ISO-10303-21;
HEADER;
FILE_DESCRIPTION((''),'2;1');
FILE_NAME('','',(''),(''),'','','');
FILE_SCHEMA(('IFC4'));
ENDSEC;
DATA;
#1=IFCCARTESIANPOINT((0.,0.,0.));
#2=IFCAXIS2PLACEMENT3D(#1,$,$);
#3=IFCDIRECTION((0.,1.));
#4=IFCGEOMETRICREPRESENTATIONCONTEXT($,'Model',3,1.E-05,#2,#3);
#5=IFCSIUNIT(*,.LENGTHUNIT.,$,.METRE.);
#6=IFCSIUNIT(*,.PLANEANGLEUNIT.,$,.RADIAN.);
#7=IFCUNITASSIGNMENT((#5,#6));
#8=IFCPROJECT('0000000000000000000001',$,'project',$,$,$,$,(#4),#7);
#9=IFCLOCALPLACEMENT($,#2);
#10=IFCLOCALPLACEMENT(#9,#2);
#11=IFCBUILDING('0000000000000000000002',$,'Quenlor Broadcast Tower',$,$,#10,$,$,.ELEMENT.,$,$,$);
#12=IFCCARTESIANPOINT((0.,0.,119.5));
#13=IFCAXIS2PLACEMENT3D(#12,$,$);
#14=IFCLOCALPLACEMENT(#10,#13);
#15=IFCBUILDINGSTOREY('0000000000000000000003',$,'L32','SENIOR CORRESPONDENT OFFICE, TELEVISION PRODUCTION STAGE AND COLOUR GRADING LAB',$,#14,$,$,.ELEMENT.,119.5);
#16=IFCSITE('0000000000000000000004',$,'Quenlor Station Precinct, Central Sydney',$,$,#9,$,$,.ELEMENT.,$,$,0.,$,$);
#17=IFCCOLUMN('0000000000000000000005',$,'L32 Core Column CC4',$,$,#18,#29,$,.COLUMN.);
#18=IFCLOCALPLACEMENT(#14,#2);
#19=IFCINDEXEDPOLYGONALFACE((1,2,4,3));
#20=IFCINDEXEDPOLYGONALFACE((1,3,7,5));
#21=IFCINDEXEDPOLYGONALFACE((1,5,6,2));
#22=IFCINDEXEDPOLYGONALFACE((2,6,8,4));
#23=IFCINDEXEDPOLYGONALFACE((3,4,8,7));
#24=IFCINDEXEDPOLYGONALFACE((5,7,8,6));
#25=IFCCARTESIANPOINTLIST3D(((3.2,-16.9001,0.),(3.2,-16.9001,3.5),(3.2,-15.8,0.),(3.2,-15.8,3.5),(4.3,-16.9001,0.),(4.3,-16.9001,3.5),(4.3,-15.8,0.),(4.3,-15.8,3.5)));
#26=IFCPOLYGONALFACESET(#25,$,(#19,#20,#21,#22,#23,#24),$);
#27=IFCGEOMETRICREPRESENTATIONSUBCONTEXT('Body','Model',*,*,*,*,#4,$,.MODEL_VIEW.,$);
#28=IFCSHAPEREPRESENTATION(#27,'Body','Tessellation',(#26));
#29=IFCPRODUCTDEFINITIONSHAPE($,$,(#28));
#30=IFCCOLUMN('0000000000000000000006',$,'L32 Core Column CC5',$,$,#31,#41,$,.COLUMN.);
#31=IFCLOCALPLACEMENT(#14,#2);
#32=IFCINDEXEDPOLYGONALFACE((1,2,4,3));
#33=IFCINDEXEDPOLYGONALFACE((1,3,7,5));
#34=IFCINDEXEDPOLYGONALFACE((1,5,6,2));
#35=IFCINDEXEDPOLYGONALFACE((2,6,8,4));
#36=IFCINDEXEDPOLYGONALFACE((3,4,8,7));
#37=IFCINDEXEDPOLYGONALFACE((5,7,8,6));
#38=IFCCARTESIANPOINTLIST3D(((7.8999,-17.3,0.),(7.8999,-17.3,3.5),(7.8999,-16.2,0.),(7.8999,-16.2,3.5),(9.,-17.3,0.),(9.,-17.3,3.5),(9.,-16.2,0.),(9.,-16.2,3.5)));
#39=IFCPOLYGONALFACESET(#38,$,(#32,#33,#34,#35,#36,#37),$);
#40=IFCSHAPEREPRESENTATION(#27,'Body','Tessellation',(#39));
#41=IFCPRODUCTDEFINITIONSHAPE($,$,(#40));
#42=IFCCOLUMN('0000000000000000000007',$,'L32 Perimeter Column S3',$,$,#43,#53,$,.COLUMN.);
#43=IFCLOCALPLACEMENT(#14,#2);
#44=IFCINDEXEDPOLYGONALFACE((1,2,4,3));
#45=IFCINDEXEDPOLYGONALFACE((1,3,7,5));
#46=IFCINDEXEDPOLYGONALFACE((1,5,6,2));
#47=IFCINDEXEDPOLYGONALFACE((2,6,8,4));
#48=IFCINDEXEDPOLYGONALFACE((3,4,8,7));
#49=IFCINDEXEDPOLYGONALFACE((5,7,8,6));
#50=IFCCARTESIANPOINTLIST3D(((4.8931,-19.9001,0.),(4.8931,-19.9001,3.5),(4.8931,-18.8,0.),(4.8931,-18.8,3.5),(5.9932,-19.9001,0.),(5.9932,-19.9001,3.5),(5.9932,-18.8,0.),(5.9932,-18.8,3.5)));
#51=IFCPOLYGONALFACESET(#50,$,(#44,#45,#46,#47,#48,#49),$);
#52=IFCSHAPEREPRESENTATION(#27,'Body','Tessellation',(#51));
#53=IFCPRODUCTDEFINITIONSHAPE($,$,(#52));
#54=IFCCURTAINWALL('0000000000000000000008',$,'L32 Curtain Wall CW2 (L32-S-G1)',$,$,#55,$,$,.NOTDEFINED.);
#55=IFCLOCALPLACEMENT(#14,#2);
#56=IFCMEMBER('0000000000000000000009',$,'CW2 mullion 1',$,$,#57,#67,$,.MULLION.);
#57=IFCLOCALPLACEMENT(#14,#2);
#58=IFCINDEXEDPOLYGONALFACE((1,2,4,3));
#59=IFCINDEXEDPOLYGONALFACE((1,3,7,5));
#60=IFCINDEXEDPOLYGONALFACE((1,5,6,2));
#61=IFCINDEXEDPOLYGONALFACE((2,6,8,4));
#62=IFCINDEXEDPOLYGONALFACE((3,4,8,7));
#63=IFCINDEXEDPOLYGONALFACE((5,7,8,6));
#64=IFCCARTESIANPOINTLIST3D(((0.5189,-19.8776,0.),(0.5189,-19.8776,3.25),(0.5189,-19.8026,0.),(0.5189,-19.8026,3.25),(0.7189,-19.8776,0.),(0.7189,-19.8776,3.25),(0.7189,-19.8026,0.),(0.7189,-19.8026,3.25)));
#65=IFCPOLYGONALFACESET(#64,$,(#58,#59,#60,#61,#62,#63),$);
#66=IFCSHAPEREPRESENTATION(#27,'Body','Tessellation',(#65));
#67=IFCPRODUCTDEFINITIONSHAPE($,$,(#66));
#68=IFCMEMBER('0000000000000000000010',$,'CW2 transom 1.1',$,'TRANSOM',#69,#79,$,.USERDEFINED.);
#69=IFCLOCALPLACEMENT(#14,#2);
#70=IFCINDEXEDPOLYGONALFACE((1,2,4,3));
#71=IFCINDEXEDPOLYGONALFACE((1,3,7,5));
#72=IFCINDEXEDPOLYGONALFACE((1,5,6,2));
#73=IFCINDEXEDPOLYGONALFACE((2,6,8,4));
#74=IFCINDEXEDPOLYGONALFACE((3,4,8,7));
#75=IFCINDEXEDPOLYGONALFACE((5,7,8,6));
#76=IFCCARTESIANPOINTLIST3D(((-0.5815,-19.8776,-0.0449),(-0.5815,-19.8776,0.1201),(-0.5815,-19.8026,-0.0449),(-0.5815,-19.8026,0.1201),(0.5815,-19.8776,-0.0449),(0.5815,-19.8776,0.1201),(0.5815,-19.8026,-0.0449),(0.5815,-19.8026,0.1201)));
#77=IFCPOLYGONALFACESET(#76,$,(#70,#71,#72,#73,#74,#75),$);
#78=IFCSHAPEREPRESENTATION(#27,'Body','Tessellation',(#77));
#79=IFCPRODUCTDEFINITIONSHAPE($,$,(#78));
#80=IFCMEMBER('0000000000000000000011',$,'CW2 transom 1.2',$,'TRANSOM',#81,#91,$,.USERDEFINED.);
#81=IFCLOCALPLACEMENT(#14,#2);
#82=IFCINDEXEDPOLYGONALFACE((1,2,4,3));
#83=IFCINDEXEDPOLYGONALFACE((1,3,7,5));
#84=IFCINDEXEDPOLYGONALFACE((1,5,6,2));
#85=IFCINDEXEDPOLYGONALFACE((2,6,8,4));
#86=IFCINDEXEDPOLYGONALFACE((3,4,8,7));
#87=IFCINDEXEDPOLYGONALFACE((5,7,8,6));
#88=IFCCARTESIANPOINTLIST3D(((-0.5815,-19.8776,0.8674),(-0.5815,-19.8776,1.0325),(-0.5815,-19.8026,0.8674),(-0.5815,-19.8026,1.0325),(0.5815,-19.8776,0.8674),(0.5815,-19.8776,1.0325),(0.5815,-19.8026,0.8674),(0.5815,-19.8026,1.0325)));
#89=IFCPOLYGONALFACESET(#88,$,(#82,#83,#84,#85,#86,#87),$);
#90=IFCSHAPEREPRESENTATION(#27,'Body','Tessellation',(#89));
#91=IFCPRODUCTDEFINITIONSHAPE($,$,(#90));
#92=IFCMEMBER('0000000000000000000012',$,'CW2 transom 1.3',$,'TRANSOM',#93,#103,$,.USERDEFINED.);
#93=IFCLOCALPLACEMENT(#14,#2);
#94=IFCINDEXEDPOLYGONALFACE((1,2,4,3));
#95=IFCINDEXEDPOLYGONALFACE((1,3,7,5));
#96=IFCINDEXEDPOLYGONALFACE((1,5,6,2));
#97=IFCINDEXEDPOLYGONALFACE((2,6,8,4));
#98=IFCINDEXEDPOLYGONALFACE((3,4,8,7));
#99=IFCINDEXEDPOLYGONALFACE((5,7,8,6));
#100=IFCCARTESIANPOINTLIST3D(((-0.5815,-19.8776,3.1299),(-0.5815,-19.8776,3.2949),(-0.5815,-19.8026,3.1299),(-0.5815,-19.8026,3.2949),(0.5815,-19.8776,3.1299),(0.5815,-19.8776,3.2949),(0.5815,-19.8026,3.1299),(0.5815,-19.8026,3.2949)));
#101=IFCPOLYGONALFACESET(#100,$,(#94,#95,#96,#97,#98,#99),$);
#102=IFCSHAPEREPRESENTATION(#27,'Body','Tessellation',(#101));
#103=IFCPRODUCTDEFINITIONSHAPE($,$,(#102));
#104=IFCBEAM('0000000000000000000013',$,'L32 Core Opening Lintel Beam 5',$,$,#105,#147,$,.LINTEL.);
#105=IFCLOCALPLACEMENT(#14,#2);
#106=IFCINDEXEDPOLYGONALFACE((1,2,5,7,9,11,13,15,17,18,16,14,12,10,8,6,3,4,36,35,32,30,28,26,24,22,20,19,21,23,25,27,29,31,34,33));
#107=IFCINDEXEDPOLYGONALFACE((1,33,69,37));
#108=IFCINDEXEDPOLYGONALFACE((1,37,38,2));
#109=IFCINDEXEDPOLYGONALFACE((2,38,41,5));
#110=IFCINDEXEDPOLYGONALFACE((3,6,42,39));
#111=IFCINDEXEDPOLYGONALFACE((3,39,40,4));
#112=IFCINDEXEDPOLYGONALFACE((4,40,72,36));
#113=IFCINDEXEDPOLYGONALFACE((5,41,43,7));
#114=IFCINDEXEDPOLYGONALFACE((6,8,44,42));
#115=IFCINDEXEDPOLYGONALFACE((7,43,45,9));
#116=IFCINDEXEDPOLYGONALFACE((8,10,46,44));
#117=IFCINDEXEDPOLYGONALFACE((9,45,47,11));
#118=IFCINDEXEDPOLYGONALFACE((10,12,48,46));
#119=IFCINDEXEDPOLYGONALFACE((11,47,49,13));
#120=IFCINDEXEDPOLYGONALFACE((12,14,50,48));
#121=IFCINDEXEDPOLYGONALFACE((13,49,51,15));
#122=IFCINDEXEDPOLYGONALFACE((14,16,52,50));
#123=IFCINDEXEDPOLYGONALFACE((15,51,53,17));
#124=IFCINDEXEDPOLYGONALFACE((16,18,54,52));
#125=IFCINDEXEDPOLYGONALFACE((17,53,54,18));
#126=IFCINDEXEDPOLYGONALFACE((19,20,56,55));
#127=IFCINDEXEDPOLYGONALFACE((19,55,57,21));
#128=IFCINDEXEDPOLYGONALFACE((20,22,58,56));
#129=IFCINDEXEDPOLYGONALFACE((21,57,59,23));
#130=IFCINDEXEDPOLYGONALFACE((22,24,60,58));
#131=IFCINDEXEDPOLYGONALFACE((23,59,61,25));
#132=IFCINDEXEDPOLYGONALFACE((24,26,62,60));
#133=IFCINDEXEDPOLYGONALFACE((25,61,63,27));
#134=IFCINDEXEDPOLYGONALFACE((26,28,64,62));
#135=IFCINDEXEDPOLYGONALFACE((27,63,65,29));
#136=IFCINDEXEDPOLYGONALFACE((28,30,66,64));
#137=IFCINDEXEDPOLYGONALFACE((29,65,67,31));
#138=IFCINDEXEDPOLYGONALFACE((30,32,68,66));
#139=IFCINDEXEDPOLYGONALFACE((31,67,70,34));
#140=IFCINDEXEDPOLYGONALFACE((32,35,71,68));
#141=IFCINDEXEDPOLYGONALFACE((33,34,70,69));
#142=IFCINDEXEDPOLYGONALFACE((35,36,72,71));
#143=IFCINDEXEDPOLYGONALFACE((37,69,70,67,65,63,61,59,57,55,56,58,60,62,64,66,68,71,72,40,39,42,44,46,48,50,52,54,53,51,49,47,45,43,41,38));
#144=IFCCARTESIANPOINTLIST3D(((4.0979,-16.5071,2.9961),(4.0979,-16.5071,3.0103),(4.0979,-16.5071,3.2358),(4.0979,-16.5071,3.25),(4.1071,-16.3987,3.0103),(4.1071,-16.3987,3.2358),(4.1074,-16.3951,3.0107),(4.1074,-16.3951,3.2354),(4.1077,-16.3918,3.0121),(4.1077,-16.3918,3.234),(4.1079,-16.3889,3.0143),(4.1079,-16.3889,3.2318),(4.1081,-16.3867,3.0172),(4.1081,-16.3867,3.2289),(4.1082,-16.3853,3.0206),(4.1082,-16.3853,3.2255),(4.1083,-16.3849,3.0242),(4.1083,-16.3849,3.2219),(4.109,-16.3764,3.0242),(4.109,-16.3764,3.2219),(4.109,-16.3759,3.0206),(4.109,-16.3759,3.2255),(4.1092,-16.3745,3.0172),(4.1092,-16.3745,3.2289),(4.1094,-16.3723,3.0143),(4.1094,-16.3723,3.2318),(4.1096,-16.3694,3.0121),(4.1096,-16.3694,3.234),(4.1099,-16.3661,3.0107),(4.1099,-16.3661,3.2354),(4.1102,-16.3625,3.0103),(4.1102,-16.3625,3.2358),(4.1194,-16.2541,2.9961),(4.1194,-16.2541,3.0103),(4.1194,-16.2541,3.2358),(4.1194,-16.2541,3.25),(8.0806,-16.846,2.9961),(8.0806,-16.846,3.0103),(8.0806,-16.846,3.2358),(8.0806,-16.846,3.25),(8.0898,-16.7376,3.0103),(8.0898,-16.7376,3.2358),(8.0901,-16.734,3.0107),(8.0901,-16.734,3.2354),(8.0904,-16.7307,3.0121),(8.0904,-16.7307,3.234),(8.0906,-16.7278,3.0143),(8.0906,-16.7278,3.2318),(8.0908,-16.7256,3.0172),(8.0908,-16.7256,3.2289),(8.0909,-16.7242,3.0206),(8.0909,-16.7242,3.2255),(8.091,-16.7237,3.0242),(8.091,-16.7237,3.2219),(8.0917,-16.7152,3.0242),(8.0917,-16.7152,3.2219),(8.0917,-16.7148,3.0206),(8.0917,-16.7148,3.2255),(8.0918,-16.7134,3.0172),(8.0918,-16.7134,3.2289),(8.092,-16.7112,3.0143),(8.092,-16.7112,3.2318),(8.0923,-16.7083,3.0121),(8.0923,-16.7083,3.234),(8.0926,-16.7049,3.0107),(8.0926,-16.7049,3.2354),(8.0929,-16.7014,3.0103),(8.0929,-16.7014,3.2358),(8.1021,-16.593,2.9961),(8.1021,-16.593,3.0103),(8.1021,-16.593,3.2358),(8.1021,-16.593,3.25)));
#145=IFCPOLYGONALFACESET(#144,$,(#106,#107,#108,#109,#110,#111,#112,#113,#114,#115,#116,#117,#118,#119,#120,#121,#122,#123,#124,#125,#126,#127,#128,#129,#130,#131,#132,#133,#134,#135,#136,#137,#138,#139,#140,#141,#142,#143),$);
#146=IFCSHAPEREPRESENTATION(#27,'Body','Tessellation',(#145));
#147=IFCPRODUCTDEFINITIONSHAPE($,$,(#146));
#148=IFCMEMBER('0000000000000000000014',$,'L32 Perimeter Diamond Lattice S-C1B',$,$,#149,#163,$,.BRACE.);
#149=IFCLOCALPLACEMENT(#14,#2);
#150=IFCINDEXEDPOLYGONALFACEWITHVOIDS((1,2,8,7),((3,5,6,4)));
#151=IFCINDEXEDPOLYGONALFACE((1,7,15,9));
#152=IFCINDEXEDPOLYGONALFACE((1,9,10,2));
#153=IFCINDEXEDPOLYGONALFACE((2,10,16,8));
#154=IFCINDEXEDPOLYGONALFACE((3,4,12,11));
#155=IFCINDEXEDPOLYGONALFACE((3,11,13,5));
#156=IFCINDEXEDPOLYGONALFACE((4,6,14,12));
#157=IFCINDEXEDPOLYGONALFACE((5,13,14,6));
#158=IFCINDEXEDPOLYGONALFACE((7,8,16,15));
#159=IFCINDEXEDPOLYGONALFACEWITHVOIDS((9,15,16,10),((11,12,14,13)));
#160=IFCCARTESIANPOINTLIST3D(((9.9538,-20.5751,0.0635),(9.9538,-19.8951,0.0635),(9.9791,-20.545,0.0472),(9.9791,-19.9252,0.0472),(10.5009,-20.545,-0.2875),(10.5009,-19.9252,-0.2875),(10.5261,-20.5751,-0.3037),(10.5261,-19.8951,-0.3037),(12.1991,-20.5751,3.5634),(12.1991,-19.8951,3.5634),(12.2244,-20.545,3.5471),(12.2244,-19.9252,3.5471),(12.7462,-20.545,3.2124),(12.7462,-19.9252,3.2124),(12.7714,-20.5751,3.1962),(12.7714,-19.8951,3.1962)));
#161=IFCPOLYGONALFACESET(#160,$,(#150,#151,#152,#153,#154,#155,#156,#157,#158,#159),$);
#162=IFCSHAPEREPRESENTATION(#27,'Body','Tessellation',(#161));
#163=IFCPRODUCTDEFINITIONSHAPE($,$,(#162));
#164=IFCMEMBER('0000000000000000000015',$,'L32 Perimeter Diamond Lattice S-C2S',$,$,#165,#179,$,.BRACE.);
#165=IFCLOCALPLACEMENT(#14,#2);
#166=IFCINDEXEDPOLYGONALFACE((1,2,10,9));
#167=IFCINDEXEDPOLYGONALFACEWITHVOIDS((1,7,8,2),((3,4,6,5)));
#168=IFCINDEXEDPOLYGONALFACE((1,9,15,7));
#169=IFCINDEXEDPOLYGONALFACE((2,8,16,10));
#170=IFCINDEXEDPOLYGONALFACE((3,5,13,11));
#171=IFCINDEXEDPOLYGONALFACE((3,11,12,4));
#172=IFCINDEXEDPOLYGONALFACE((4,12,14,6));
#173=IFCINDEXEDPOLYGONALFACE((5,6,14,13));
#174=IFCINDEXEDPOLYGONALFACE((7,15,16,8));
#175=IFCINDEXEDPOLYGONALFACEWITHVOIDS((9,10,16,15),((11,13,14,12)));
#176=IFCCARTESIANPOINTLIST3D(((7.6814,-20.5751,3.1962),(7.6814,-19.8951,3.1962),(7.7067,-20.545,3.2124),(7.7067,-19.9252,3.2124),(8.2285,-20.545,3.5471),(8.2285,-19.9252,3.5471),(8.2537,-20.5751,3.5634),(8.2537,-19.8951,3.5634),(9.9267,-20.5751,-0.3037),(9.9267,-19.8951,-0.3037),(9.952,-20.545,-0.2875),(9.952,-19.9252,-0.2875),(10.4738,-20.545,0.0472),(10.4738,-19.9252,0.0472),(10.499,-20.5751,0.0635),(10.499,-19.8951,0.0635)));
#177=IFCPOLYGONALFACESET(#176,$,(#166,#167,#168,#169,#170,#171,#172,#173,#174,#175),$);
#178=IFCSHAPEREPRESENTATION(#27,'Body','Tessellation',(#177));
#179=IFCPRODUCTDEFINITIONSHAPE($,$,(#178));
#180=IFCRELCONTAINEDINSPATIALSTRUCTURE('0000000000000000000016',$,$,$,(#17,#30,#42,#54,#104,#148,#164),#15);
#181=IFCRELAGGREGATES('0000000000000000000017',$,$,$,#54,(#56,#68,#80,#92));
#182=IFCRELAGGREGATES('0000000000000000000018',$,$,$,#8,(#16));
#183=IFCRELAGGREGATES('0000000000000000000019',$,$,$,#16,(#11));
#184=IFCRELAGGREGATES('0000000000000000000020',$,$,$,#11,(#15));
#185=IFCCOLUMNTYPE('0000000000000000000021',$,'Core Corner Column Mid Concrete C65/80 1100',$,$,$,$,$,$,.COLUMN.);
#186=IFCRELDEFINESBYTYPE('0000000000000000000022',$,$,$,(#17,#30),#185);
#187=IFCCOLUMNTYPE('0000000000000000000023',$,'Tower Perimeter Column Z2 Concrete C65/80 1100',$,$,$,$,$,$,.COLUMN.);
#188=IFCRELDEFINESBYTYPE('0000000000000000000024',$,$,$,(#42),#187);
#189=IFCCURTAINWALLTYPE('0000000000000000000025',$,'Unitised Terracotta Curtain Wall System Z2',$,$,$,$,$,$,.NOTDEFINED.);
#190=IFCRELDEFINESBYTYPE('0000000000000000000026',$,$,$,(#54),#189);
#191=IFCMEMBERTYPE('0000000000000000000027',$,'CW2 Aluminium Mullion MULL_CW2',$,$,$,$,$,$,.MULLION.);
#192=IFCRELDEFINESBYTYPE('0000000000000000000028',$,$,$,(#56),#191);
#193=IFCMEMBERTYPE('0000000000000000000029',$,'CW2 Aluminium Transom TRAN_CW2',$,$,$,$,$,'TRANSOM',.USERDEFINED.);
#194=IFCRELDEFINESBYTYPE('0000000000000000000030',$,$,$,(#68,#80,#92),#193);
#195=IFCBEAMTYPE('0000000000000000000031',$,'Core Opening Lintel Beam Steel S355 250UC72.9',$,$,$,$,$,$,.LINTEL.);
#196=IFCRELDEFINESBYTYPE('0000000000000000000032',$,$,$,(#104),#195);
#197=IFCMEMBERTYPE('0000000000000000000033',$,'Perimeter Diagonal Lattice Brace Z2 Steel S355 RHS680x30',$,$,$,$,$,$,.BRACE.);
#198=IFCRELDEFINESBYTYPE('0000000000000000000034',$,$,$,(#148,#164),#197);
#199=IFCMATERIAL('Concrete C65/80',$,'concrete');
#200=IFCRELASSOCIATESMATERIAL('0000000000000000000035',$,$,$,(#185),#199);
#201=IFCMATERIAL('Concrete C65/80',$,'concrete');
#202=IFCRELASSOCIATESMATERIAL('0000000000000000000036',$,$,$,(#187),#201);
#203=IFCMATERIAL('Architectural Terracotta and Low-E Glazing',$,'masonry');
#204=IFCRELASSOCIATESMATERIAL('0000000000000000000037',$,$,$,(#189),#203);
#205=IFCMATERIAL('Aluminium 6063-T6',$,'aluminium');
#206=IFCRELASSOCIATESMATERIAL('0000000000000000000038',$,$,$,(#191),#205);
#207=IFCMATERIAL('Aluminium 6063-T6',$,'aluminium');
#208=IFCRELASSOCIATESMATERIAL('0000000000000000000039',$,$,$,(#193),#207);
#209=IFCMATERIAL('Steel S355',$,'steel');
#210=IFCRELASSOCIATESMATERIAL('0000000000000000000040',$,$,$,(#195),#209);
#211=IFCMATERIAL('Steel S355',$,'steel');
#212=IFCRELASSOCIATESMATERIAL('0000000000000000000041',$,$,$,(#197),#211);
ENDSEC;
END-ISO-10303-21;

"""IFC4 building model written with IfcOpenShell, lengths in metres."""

from ifc_helpers import new_model, si_unit, direction, frame, origin, origin_2d, place, context, subcontext, project, spatial, rectangle, hollow_rectangle, i_section, extrude, material, material_profile, profile_set, type_object, element, aggregate, save


model = new_model("IFC4")

# Units and contexts
model_context = context("Model", 3, precision=1e-05, world=origin(), true_north=direction((0.0, 1.0)))
body_context = subcontext(model_context, "Body", "Model", "MODEL_VIEW")
ifc_project = project(units=[si_unit("LENGTHUNIT", "METRE"), si_unit("PLANEANGLEUNIT", "RADIAN")], contexts=[model_context])

# Site, building, storey
site_placement = place(None, origin())
site = spatial("IfcSite", under=ifc_project, at=site_placement, Name="Quenlor Station Precinct, Central Sydney", CompositionType="ELEMENT", RefElevation=0.0)
building_placement = place(site_placement, origin())
building = spatial("IfcBuilding", under=site, at=building_placement, Name="Quenlor Broadcast Tower", CompositionType="ELEMENT")
storey_placement = place(building_placement, frame((0.0, 0.0, 119.5)))
storey = spatial("IfcBuildingStorey", under=building, at=storey_placement, Name="L32", Description="SENIOR CORRESPONDENT OFFICE, TELEVISION PRODUCTION STAGE AND COLOUR GRADING LAB", CompositionType="ELEMENT", Elevation=119.5)

# Columns
ifc_material_1 = material(Name="Concrete C65/80", Category="concrete")
ifc_material_profile_1 = material_profile(ifc_material_1, rectangle(XDim=1.1001, YDim=1.1001, at=origin_2d()))
ifc_profile_set_1 = profile_set([ifc_material_profile_1], Name="Concrete C65/80 RC1100x1100")
column_type_1 = type_object("IfcColumnType", Name="Core Corner Column Mid Concrete C65/80 1100", PredefinedType="COLUMN", material=ifc_profile_set_1)
for number, where, z_axis, x_axis, name in (
    (1, (3.75, -16.3501, 0.0), (0.0, 0.0, 1.0), (1.0, 0.0, 0.0), "L32 Core Column CC4"),
    (2, (8.45, -16.75, 0.0), (0.0, 0.0, 1.0), (1.0, 0.0, 0.0), "L32 Core Column CC5"),
):
    element("IfcColumn", number, at=place(storey_placement, frame(where, z_axis=z_axis, x_axis=x_axis)), inside=storey, type_object=column_type_1, Name=name, PredefinedType="COLUMN", context=body_context, shape_type="SweptSolid", body=[
        extrude(rectangle(XDim=1.1001, YDim=1.1001, at=origin_2d()), origin(), (0.0, 0.0, 1.0), 3.5),
    ])
ifc_material_2 = material(Name="Concrete C65/80", Category="concrete")
ifc_material_profile_2 = material_profile(ifc_material_2, rectangle(XDim=1.1001, YDim=1.1001, at=origin_2d()))
ifc_profile_set_2 = profile_set([ifc_material_profile_2], Name="Concrete C65/80 RC1100x1100")
column_type_2 = type_object("IfcColumnType", Name="Tower Perimeter Column Z2 Concrete C65/80 1100", PredefinedType="COLUMN", material=ifc_profile_set_2)
column_placement = place(storey_placement, frame((5.4431, -19.3501, 0.0), z_axis=(0.0, 0.0, 1.0), x_axis=(0.0, 1.0, 0.0)))
element("IfcColumn", 3, at=column_placement, inside=storey, type_object=column_type_2, Name="L32 Perimeter Column S3", PredefinedType="COLUMN", context=body_context, shape_type="SweptSolid", body=[
    extrude(rectangle(XDim=1.1001, YDim=1.1001, at=origin_2d()), origin(), (0.0, 0.0, 1.0), 3.5),
])

# Curtain wall, members
ifc_material_3 = material(Name="Architectural Terracotta and Low-E Glazing", Category="masonry")
curtain_wall_type = type_object("IfcCurtainWallType", Name="Unitised Terracotta Curtain Wall System Z2", PredefinedType="NOTDEFINED", material=ifc_material_3)
curtain_wall_placement = place(storey_placement, origin())
curtain_wall = element("IfcCurtainWall", 4, at=curtain_wall_placement, inside=storey, type_object=curtain_wall_type, Name="L32 Curtain Wall CW2 (L32-S-G1)", PredefinedType="NOTDEFINED")
ifc_material_4 = material(Name="Aluminium 6063-T6", Category="aluminium")
ifc_material_profile_3 = material_profile(ifc_material_4, rectangle(XDim=0.075, YDim=0.2, at=origin_2d()))
ifc_profile_set_3 = profile_set([ifc_material_profile_3], Name="Aluminium 6063-T6 MULL75x200")
member_type_1 = type_object("IfcMemberType", Name="CW2 Aluminium Mullion MULL_CW2", PredefinedType="MULLION", material=ifc_profile_set_3)
member_1_placement = place(storey_placement, frame((0.6189, -19.8401, 0.0), z_axis=(0.0, 0.0, 1.0), x_axis=(0.0, -1.0, 0.0)))
member_1 = element("IfcMember", 5, at=member_1_placement, type_object=member_type_1, Name="CW2 mullion 1", PredefinedType="MULLION", context=body_context, shape_type="SweptSolid", body=[
    extrude(rectangle(XDim=0.075, YDim=0.2, at=origin_2d()), origin(), (0.0, 0.0, 1.0), 3.25),
])
ifc_material_5 = material(Name="Aluminium 6063-T6", Category="aluminium")
ifc_material_profile_4 = material_profile(ifc_material_5, rectangle(XDim=0.075, YDim=0.165, at=origin_2d()))
ifc_profile_set_4 = profile_set([ifc_material_profile_4], Name="Aluminium 6063-T6 TRAN75x165")
member_type_2 = type_object("IfcMemberType", Name="CW2 Aluminium Transom TRAN_CW2", ElementType="TRANSOM", PredefinedType="USERDEFINED", material=ifc_profile_set_4)
member_2_placement = place(storey_placement, frame((0.5815, -19.8401, 0.0376), z_axis=(-1.0, 0.0, 0.0), x_axis=(0.0, -1.0, 0.0)))
member_2 = element("IfcMember", 6, at=member_2_placement, type_object=member_type_2, Name="CW2 transom 1.1", ObjectType="TRANSOM", PredefinedType="USERDEFINED", context=body_context, shape_type="SweptSolid", body=[
    extrude(rectangle(XDim=0.075, YDim=0.165, at=origin_2d()), origin(), (0.0, 0.0, 1.0), 1.1631),
])
member_3_placement = place(storey_placement, frame((0.5815, -19.8401, 0.95), z_axis=(-1.0, 0.0, 0.0), x_axis=(0.0, -1.0, 0.0)))
member_3 = element("IfcMember", 7, at=member_3_placement, type_object=member_type_2, Name="CW2 transom 1.2", ObjectType="TRANSOM", PredefinedType="USERDEFINED", context=body_context, shape_type="SweptSolid", body=[
    extrude(rectangle(XDim=0.075, YDim=0.165, at=origin_2d()), origin(), (0.0, 0.0, 1.0), 1.1631),
])
member_4_placement = place(storey_placement, frame((0.5815, -19.8401, 3.2124), z_axis=(-1.0, 0.0, 0.0), x_axis=(0.0, -1.0, 0.0)))
member_4 = element("IfcMember", 8, at=member_4_placement, type_object=member_type_2, Name="CW2 transom 1.3", ObjectType="TRANSOM", PredefinedType="USERDEFINED", context=body_context, shape_type="SweptSolid", body=[
    extrude(rectangle(XDim=0.075, YDim=0.165, at=origin_2d()), origin(), (0.0, 0.0, 1.0), 1.1631),
])
aggregate(curtain_wall, [member_1, member_2, member_3, member_4])

# Beam
ifc_material_6 = material(Name="Steel S355", Category="steel")
ifc_material_profile_5 = material_profile(ifc_material_6, i_section(OverallWidth=0.2539, OverallDepth=0.2539, WebThickness=0.0085, FlangeThickness=0.0142, FilletRadius=0.0139, at=origin_2d()))
ifc_profile_set_5 = profile_set([ifc_material_profile_5], Name="Steel S355 250UC72.9")
beam_type_1 = type_object("IfcBeamType", Name="Core Opening Lintel Beam Steel S355 250UC72.9", PredefinedType="LINTEL", material=ifc_profile_set_5)
beam_1_placement = place(storey_placement, frame((4.1086, -16.3806, 3.123), z_axis=(0.9964, -0.084779, 0.0), x_axis=(0.084779, 0.9964, 0.0)))
element("IfcBeam", 9, at=beam_1_placement, inside=storey, type_object=beam_type_1, Name="L32 Core Opening Lintel Beam 5", PredefinedType="LINTEL", context=body_context, shape_type="SweptSolid", body=[
    extrude(i_section(OverallWidth=0.2539, OverallDepth=0.2539, WebThickness=0.0085, FlangeThickness=0.0142, FilletRadius=0.0139, at=origin_2d()), origin(), (0.0, 0.0, 1.0), 3.9971),
])

# Members
ifc_material_7 = material(Name="Steel S355", Category="steel")
ifc_material_profile_6 = material_profile(ifc_material_7, hollow_rectangle(XDim=0.6799, YDim=0.6799, WallThickness=0.03, at=origin_2d()))
ifc_profile_set_6 = profile_set([ifc_material_profile_6], Name="Steel S355 RHS680x680x30")
member_type_3 = type_object("IfcMemberType", Name="Perimeter Diagonal Lattice Brace Z2 Steel S355 RHS680x30", PredefinedType="BRACE", material=ifc_profile_set_6)
for number, where, z_axis, x_axis, name in (
    (10, (10.24, -20.2351, -0.1201), (0.539968, 0.0, 0.841686), (0.0, 1.0, 0.0), "L32 Perimeter Diamond Lattice S-C1B"),
    (11, (10.2129, -20.2351, -0.1201), (-0.539968, 0.0, 0.841686), (0.0, -1.0, 0.0), "L32 Perimeter Diamond Lattice S-C2S"),
):
    element("IfcMember", number, at=place(storey_placement, frame(where, z_axis=z_axis, x_axis=x_axis)), inside=storey, type_object=member_type_3, Name=name, PredefinedType="BRACE", context=body_context, shape_type="SweptSolid", body=[
        extrude(hollow_rectangle(XDim=0.6799, YDim=0.6799, WallThickness=0.03, at=origin_2d()), origin(), (0.0, 0.0, 1.0), 4.1582),
    ])

save(model, "model.ifc")
